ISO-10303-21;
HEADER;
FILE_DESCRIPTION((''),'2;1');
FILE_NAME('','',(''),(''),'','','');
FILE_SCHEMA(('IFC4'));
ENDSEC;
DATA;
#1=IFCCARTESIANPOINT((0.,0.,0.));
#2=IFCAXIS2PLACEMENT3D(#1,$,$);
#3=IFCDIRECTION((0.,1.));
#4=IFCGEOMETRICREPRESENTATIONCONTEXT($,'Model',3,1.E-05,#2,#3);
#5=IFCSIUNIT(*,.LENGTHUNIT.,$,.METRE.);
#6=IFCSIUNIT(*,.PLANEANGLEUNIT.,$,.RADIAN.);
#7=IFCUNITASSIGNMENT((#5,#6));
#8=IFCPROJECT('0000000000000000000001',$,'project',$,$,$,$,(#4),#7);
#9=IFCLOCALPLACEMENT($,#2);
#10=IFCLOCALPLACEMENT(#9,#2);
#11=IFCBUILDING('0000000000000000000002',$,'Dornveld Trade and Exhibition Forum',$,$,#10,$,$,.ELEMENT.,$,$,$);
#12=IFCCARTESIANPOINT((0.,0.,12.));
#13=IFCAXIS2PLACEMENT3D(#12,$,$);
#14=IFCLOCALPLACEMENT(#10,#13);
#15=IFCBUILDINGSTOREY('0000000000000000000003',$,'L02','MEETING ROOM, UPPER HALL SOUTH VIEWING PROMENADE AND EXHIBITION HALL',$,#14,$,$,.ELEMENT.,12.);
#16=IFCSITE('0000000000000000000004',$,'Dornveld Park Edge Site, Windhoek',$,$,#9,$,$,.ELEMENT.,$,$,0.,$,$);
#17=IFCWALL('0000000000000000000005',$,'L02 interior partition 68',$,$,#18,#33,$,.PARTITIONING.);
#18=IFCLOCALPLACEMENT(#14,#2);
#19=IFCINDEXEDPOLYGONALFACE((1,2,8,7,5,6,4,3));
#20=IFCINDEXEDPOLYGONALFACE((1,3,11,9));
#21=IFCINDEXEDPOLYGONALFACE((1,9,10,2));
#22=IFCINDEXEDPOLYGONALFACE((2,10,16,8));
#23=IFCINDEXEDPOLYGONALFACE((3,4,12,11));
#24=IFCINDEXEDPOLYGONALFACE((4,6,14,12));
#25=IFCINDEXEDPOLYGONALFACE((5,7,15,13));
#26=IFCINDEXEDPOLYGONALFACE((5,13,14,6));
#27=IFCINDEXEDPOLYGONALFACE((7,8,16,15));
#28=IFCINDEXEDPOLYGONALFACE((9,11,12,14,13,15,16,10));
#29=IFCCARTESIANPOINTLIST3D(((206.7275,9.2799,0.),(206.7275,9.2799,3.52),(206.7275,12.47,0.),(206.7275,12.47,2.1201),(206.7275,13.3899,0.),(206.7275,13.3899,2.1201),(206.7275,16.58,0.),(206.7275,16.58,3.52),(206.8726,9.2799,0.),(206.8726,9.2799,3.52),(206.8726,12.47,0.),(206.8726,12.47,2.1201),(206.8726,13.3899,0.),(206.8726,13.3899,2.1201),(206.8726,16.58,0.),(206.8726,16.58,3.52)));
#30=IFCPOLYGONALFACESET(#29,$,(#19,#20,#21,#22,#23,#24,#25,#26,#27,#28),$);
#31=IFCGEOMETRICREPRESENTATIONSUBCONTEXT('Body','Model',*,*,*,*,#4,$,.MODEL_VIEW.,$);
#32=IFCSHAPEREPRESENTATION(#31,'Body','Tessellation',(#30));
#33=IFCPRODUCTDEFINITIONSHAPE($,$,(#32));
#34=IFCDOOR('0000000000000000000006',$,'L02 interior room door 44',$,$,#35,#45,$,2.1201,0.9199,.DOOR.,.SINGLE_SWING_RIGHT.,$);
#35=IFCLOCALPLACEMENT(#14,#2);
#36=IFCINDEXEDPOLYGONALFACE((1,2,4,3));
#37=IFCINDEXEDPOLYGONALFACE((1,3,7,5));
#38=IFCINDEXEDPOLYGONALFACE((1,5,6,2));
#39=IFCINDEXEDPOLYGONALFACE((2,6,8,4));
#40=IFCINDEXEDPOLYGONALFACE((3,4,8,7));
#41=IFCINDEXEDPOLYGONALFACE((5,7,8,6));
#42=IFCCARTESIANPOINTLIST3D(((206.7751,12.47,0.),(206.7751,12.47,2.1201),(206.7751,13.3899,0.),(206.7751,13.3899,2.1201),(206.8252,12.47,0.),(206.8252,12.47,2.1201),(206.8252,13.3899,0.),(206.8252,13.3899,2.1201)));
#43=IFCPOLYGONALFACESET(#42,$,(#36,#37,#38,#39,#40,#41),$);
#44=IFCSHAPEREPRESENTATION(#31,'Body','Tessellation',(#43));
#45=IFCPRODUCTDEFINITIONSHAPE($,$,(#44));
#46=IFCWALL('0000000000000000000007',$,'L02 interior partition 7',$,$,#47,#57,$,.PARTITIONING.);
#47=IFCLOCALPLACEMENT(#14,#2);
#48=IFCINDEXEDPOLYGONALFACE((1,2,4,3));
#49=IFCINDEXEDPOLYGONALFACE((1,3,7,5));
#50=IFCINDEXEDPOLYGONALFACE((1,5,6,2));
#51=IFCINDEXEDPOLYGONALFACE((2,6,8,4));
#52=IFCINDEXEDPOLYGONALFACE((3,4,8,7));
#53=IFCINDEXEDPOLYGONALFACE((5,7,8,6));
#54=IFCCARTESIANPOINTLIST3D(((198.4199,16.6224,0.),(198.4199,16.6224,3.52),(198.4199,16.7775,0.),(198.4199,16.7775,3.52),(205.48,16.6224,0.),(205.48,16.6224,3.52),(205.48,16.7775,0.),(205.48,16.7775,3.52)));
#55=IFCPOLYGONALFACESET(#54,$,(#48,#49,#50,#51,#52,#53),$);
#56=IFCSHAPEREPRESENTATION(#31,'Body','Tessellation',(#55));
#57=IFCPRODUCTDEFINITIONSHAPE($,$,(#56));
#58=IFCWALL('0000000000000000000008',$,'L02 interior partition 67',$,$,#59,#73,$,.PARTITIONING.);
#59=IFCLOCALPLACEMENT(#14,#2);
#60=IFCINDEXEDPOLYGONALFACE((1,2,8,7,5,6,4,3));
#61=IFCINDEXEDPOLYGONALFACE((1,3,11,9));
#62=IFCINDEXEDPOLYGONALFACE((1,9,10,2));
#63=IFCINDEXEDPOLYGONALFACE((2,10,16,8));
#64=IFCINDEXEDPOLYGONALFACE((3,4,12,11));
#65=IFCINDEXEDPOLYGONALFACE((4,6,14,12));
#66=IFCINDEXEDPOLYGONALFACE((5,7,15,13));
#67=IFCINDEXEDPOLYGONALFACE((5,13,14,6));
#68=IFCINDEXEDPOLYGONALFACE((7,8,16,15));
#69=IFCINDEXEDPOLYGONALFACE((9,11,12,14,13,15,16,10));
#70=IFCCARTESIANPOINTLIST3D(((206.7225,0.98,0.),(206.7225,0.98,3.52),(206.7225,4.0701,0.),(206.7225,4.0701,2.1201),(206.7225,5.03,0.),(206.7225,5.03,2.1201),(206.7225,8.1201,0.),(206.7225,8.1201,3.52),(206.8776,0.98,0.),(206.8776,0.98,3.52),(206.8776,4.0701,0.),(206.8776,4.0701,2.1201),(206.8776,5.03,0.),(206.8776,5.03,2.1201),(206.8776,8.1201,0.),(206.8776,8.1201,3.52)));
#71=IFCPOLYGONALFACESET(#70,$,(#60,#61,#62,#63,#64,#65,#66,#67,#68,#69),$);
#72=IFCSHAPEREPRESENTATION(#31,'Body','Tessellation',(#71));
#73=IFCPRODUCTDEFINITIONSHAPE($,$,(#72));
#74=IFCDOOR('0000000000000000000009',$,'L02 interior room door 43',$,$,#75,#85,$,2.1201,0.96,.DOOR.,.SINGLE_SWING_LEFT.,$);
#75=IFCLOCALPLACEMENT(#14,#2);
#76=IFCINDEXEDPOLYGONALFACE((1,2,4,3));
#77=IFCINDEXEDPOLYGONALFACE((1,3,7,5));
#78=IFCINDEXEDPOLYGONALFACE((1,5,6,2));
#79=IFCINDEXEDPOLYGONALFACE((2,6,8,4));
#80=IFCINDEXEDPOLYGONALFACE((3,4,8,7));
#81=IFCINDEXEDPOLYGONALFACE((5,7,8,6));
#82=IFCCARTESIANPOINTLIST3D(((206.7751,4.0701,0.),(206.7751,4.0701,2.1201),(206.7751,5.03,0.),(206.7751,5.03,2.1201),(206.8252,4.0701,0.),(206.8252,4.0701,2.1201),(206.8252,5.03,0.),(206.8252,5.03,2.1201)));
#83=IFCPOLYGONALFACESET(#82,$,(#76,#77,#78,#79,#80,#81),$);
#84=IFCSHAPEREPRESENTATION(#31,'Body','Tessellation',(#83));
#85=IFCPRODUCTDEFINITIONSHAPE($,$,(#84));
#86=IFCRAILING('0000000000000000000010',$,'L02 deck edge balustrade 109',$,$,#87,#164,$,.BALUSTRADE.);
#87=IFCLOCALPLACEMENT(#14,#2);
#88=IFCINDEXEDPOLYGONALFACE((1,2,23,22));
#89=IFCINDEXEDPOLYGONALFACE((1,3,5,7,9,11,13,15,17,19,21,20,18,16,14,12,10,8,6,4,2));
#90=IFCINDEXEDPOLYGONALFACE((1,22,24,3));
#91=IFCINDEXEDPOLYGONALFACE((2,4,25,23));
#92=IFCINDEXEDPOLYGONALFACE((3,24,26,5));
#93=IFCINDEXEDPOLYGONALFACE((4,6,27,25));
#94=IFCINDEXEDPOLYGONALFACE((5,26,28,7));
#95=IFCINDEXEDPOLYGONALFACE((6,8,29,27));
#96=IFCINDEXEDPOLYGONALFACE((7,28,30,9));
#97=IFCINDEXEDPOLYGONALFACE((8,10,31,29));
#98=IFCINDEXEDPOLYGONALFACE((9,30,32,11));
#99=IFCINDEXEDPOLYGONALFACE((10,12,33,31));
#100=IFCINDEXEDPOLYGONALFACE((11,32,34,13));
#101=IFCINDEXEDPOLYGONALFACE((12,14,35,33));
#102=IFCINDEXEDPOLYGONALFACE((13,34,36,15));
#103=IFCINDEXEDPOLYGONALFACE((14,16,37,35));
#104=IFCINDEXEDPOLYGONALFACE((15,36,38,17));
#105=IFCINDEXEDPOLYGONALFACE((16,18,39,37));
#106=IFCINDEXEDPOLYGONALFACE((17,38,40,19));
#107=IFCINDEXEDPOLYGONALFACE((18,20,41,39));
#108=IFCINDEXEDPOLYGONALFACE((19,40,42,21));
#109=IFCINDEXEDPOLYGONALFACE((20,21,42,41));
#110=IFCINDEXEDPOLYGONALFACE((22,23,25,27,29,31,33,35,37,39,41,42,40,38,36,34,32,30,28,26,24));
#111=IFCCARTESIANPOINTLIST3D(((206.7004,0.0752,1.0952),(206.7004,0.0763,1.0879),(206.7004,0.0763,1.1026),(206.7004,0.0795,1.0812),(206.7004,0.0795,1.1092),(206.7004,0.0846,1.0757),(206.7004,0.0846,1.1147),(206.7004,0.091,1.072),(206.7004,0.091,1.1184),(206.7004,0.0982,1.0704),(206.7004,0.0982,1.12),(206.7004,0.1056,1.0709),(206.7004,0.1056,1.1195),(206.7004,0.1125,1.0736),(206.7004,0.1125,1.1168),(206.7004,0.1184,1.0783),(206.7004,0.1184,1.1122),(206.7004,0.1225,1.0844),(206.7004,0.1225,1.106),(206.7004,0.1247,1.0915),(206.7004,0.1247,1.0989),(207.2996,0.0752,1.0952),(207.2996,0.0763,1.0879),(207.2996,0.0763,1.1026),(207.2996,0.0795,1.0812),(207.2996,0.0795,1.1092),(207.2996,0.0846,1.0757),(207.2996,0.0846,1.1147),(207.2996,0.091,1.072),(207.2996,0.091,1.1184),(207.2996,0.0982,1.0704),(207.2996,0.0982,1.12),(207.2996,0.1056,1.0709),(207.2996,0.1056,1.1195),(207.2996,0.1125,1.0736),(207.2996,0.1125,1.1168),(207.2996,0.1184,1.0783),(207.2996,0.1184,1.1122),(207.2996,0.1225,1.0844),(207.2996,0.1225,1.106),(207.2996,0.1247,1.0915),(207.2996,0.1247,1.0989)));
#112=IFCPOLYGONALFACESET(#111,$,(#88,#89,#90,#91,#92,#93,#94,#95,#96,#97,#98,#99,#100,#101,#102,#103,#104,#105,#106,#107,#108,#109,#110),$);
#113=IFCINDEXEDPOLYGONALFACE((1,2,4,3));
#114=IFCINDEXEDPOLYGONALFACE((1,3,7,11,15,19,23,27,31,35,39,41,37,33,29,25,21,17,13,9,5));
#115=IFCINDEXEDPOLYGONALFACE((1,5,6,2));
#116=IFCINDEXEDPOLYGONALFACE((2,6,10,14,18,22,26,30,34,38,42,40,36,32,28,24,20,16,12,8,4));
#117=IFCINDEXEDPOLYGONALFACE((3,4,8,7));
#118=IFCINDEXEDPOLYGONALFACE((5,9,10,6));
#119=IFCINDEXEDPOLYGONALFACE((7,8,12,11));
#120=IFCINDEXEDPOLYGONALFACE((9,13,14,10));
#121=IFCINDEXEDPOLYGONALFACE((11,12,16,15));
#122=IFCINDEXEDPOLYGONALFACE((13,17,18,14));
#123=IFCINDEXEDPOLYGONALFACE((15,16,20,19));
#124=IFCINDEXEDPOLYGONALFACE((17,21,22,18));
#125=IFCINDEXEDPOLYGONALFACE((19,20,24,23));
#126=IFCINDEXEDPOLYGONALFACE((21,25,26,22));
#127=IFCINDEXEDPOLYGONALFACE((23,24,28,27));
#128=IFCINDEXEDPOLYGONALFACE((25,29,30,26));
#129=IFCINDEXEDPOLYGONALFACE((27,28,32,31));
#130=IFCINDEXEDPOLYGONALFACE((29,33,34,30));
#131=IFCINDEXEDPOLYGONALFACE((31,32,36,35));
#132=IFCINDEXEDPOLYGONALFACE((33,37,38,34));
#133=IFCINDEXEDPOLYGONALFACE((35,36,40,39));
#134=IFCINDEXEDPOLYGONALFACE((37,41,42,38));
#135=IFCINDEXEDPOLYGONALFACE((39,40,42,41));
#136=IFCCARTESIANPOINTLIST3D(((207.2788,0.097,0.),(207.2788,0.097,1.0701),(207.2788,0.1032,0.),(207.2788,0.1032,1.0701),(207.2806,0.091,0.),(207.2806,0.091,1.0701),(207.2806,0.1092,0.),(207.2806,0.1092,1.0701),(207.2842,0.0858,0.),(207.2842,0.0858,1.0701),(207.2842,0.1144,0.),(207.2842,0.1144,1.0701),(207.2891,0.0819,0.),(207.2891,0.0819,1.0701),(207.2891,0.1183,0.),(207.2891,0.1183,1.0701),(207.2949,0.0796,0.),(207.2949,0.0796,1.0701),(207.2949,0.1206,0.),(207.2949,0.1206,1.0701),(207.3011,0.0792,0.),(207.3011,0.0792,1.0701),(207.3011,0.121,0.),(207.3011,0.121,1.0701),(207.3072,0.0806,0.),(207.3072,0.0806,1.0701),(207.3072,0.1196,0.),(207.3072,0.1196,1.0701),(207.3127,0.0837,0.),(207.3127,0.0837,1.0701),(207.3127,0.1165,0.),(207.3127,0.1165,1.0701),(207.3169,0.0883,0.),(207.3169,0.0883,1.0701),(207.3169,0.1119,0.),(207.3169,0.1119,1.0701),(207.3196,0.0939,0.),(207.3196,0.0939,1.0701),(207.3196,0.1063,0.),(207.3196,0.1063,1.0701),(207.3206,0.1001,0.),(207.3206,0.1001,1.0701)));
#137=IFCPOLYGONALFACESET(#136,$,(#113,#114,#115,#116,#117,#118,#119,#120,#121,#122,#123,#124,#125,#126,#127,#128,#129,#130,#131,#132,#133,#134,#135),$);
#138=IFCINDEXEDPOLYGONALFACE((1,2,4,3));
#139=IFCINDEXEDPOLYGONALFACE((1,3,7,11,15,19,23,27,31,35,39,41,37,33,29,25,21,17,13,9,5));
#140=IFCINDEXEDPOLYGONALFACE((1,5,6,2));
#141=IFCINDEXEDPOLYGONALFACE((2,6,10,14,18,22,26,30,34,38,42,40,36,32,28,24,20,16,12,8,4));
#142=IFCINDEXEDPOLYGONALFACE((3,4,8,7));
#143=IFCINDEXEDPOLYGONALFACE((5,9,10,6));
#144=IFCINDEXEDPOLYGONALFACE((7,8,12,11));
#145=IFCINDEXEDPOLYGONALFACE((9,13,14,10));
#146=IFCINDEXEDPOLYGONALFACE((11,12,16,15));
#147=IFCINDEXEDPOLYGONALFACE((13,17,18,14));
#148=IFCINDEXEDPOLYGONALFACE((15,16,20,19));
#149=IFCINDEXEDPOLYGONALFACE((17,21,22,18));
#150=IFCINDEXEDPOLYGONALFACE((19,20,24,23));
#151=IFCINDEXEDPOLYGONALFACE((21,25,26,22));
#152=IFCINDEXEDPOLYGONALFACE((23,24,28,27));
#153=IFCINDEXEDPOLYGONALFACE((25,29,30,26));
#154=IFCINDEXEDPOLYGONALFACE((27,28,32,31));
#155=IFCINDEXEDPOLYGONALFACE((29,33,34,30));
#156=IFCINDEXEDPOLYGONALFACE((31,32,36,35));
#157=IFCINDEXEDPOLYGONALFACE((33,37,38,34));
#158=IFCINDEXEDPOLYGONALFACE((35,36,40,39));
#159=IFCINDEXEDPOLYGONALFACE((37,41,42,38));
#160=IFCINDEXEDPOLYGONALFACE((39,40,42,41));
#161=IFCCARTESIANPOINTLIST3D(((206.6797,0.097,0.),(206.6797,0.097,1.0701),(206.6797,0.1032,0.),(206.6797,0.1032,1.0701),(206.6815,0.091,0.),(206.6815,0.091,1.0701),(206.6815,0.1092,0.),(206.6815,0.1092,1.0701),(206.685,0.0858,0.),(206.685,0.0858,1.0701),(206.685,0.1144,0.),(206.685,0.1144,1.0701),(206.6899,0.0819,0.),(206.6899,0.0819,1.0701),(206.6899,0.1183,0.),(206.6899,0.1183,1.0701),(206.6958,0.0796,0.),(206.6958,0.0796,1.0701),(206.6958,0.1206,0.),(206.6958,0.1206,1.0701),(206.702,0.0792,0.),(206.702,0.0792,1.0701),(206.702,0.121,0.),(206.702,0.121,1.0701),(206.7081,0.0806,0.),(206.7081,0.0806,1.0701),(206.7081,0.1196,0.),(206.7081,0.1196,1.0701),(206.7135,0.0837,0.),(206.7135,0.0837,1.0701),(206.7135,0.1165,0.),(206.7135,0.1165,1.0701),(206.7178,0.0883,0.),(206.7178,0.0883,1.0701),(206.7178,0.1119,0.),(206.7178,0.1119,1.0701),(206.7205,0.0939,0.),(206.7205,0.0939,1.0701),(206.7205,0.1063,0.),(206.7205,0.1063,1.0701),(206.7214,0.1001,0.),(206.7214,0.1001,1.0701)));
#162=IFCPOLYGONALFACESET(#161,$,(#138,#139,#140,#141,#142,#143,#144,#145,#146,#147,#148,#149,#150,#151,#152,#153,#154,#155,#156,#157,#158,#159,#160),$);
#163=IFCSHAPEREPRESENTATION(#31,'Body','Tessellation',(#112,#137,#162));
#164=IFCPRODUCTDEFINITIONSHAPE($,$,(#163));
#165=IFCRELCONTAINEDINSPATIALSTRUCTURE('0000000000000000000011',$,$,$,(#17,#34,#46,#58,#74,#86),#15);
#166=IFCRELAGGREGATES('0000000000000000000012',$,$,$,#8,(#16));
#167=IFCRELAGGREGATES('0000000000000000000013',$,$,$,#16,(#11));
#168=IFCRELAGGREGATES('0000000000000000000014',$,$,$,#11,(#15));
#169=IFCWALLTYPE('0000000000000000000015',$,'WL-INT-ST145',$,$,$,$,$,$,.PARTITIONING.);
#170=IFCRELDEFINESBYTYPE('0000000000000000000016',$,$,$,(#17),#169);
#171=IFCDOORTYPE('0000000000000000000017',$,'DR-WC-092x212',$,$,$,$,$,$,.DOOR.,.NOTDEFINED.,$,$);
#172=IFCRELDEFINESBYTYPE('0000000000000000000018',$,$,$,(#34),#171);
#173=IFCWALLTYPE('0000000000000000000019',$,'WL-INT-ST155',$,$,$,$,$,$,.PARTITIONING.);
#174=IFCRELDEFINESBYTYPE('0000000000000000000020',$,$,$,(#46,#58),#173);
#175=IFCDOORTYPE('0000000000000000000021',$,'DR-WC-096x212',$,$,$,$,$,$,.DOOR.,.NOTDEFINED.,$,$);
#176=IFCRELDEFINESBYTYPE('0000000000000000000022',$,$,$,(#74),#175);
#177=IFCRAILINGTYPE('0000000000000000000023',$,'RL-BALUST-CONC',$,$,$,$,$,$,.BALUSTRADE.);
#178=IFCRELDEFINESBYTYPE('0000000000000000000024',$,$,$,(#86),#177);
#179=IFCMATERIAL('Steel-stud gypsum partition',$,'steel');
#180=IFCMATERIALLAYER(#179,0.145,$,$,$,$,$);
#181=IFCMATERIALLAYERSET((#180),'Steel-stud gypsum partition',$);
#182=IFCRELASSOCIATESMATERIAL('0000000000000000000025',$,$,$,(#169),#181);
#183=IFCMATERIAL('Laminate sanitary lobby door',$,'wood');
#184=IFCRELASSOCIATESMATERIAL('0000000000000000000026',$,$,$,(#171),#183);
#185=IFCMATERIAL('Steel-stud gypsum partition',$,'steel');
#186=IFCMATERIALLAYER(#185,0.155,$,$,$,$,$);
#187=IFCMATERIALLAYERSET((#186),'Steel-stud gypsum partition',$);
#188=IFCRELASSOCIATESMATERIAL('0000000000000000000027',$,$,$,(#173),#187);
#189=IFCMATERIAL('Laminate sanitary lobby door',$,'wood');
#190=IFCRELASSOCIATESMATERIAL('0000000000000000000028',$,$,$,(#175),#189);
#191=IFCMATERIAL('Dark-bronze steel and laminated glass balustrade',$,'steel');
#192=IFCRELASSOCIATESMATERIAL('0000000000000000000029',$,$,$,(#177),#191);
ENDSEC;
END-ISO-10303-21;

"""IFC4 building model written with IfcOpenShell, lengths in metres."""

from ifc_helpers import new_model, si_unit, direction, frame, frame_2d, origin, origin_2d, place, context, subcontext, project, spatial, rectangle, circle, extrude, material, layer, layer_set, type_object, element, fill, save


model = new_model("IFC4")

# Units and contexts
model_context = context("Model", 3, precision=1e-05, world=origin(), true_north=direction((0.0, 1.0)))
body_context = subcontext(model_context, "Body", "Model", "MODEL_VIEW")
ifc_project = project(units=[si_unit("LENGTHUNIT", "METRE"), si_unit("PLANEANGLEUNIT", "RADIAN")], contexts=[model_context])

# Site, building, storey
site_placement = place(None, origin())
site = spatial("IfcSite", under=ifc_project, at=site_placement, Name="Dornveld Park Edge Site, Windhoek", CompositionType="ELEMENT", RefElevation=0.0)
building_placement = place(site_placement, origin())
building = spatial("IfcBuilding", under=site, at=building_placement, Name="Dornveld Trade and Exhibition Forum", CompositionType="ELEMENT")
storey_placement = place(building_placement, frame((0.0, 0.0, 12.0)))
storey = spatial("IfcBuildingStorey", under=building, at=storey_placement, Name="L02", Description="MEETING ROOM, UPPER HALL SOUTH VIEWING PROMENADE AND EXHIBITION HALL", CompositionType="ELEMENT", Elevation=12.0)

# Wall, opening, door
ifc_material_1 = material(Name="Steel-stud gypsum partition", Category="steel")
ifc_layer_1 = layer(ifc_material_1, 0.145)
ifc_layer_set_1 = layer_set([ifc_layer_1], Name="Steel-stud gypsum partition")
wall_type_1 = type_object("IfcWallType", Name="WL-INT-ST145", PredefinedType="PARTITIONING", material=ifc_layer_set_1)
wall_1_placement = place(storey_placement, frame((206.8, 9.28, 0.0), z_axis=(0.0, 0.0, 1.0), x_axis=(0.0, 1.0, 0.0)))
wall_1 = element("IfcWall", 1, at=wall_1_placement, inside=storey, type_object=wall_type_1, Name="L02 interior partition 68", PredefinedType="PARTITIONING", context=body_context, shape_type="SweptSolid", body=[
    extrude(rectangle(XDim=7.3, YDim=0.145, at=frame_2d((3.6499, 0.0))), origin(), (0.0, 0.0, 1.0), 3.52),
])
opening_1_placement = place(wall_1_placement, frame((3.1899, 0.0, 0.0)))
opening_1 = element("IfcOpeningElement", 2, at=opening_1_placement, cuts=wall_1, PredefinedType="OPENING", context=body_context, shape_type="SweptSolid", body=[
    extrude(rectangle(XDim=0.9199, YDim=2.1201, at=frame_2d((0.46, 1.0601))), frame((0.0, 0.0825, 0.0), z_axis=(0.0, -1.0, 0.0), x_axis=(1.0, 0.0, 0.0)), (0.0, 0.0, 1.0), 0.165),
])
ifc_material_2 = material(Name="Laminate sanitary lobby door", Category="wood")
door_type_1 = type_object("IfcDoorType", Name="DR-WC-092x212", OperationType="NOTDEFINED", PredefinedType="DOOR", material=ifc_material_2)
door_1_placement = place(opening_1_placement, origin())
door_1 = element("IfcDoor", 3, at=door_1_placement, inside=storey, type_object=door_type_1, Name="L02 interior room door 44", OperationType="SINGLE_SWING_RIGHT", OverallHeight=2.1201, OverallWidth=0.9199, PredefinedType="DOOR", context=body_context, shape_type="SweptSolid", body=[
    extrude(rectangle(XDim=0.9199, YDim=2.1201, at=frame_2d((0.46, 1.0601))), frame((0.0, 0.0249, 0.0), z_axis=(0.0, -1.0, 0.0), x_axis=(1.0, 0.0, 0.0)), (0.0, 0.0, 1.0), 0.05),
])
fill(opening_1, door_1)

# Wall
ifc_material_3 = material(Name="Steel-stud gypsum partition", Category="steel")
ifc_layer_2 = layer(ifc_material_3, 0.155)
ifc_layer_set_2 = layer_set([ifc_layer_2], Name="Steel-stud gypsum partition")
wall_type_2 = type_object("IfcWallType", Name="WL-INT-ST155", PredefinedType="PARTITIONING", material=ifc_layer_set_2)
wall_2_placement = place(storey_placement, frame((198.4199, 16.7, 0.0), z_axis=(0.0, 0.0, 1.0), x_axis=(1.0, 0.0, 0.0)))
element("IfcWall", 4, at=wall_2_placement, inside=storey, type_object=wall_type_2, Name="L02 interior partition 7", PredefinedType="PARTITIONING", context=body_context, shape_type="SweptSolid", body=[
    extrude(rectangle(XDim=7.0601, YDim=0.155, at=frame_2d((3.53, 0.0))), origin(), (0.0, 0.0, 1.0), 3.52),
])

# Wall, opening, door
wall_3_placement = place(storey_placement, frame((206.8, 0.98, 0.0), z_axis=(0.0, 0.0, 1.0), x_axis=(0.0, 1.0, 0.0)))
wall_3 = element("IfcWall", 5, at=wall_3_placement, inside=storey, type_object=wall_type_2, Name="L02 interior partition 67", PredefinedType="PARTITIONING", context=body_context, shape_type="SweptSolid", body=[
    extrude(rectangle(XDim=7.1401, YDim=0.155, at=frame_2d((3.5701, 0.0))), origin(), (0.0, 0.0, 1.0), 3.52),
])
opening_2_placement = place(wall_3_placement, frame((3.0901, 0.0, 0.0)))
opening_2 = element("IfcOpeningElement", 6, at=opening_2_placement, cuts=wall_3, PredefinedType="OPENING", context=body_context, shape_type="SweptSolid", body=[
    extrude(rectangle(XDim=0.96, YDim=2.1201, at=frame_2d((0.48, 1.0601))), frame((0.0, 0.0874, 0.0), z_axis=(0.0, -1.0, 0.0), x_axis=(1.0, 0.0, 0.0)), (0.0, 0.0, 1.0), 0.175),
])
ifc_material_4 = material(Name="Laminate sanitary lobby door", Category="wood")
door_type_2 = type_object("IfcDoorType", Name="DR-WC-096x212", OperationType="NOTDEFINED", PredefinedType="DOOR", material=ifc_material_4)
door_2_placement = place(opening_2_placement, origin())
door_2 = element("IfcDoor", 7, at=door_2_placement, inside=storey, type_object=door_type_2, Name="L02 interior room door 43", OperationType="SINGLE_SWING_LEFT", OverallHeight=2.1201, OverallWidth=0.96, PredefinedType="DOOR", context=body_context, shape_type="SweptSolid", body=[
    extrude(rectangle(XDim=0.96, YDim=2.1201, at=frame_2d((0.48, 1.0601))), frame((0.0, 0.0249, 0.0), z_axis=(0.0, -1.0, 0.0), x_axis=(1.0, 0.0, 0.0)), (0.0, 0.0, 1.0), 0.05),
])
fill(opening_2, door_2)

# Railing
ifc_material_5 = material(Name="Dark-bronze steel and laminated glass balustrade", Category="steel")
railing_type_1 = type_object("IfcRailingType", Name="RL-BALUST-CONC", PredefinedType="BALUSTRADE", material=ifc_material_5)
railing_1_placement = place(storey_placement, frame((207.2996, 0.1001, 0.0)))
element("IfcRailing", 8, at=railing_1_placement, inside=storey, type_object=railing_type_1, Name="L02 deck edge balustrade 109", PredefinedType="BALUSTRADE", context=body_context, shape_type="SweptSolid", body=[
    extrude(circle(Radius=0.0249, at=origin_2d()), frame((0.0, 0.0, 1.0952), z_axis=(-1.0, 0.0, 0.0), x_axis=(0.0, -1.0, 0.0)), (0.0, 0.0, 1.0), 0.5991),
    extrude(circle(Radius=0.021, at=origin_2d()), origin(), (0.0, 0.0, 1.0), 1.0701),
    extrude(circle(Radius=0.021, at=origin_2d()), frame((-0.5991, 0.0, 0.0)), (0.0, 0.0, 1.0), 1.0701),
])

save(model, "model.ifc")
